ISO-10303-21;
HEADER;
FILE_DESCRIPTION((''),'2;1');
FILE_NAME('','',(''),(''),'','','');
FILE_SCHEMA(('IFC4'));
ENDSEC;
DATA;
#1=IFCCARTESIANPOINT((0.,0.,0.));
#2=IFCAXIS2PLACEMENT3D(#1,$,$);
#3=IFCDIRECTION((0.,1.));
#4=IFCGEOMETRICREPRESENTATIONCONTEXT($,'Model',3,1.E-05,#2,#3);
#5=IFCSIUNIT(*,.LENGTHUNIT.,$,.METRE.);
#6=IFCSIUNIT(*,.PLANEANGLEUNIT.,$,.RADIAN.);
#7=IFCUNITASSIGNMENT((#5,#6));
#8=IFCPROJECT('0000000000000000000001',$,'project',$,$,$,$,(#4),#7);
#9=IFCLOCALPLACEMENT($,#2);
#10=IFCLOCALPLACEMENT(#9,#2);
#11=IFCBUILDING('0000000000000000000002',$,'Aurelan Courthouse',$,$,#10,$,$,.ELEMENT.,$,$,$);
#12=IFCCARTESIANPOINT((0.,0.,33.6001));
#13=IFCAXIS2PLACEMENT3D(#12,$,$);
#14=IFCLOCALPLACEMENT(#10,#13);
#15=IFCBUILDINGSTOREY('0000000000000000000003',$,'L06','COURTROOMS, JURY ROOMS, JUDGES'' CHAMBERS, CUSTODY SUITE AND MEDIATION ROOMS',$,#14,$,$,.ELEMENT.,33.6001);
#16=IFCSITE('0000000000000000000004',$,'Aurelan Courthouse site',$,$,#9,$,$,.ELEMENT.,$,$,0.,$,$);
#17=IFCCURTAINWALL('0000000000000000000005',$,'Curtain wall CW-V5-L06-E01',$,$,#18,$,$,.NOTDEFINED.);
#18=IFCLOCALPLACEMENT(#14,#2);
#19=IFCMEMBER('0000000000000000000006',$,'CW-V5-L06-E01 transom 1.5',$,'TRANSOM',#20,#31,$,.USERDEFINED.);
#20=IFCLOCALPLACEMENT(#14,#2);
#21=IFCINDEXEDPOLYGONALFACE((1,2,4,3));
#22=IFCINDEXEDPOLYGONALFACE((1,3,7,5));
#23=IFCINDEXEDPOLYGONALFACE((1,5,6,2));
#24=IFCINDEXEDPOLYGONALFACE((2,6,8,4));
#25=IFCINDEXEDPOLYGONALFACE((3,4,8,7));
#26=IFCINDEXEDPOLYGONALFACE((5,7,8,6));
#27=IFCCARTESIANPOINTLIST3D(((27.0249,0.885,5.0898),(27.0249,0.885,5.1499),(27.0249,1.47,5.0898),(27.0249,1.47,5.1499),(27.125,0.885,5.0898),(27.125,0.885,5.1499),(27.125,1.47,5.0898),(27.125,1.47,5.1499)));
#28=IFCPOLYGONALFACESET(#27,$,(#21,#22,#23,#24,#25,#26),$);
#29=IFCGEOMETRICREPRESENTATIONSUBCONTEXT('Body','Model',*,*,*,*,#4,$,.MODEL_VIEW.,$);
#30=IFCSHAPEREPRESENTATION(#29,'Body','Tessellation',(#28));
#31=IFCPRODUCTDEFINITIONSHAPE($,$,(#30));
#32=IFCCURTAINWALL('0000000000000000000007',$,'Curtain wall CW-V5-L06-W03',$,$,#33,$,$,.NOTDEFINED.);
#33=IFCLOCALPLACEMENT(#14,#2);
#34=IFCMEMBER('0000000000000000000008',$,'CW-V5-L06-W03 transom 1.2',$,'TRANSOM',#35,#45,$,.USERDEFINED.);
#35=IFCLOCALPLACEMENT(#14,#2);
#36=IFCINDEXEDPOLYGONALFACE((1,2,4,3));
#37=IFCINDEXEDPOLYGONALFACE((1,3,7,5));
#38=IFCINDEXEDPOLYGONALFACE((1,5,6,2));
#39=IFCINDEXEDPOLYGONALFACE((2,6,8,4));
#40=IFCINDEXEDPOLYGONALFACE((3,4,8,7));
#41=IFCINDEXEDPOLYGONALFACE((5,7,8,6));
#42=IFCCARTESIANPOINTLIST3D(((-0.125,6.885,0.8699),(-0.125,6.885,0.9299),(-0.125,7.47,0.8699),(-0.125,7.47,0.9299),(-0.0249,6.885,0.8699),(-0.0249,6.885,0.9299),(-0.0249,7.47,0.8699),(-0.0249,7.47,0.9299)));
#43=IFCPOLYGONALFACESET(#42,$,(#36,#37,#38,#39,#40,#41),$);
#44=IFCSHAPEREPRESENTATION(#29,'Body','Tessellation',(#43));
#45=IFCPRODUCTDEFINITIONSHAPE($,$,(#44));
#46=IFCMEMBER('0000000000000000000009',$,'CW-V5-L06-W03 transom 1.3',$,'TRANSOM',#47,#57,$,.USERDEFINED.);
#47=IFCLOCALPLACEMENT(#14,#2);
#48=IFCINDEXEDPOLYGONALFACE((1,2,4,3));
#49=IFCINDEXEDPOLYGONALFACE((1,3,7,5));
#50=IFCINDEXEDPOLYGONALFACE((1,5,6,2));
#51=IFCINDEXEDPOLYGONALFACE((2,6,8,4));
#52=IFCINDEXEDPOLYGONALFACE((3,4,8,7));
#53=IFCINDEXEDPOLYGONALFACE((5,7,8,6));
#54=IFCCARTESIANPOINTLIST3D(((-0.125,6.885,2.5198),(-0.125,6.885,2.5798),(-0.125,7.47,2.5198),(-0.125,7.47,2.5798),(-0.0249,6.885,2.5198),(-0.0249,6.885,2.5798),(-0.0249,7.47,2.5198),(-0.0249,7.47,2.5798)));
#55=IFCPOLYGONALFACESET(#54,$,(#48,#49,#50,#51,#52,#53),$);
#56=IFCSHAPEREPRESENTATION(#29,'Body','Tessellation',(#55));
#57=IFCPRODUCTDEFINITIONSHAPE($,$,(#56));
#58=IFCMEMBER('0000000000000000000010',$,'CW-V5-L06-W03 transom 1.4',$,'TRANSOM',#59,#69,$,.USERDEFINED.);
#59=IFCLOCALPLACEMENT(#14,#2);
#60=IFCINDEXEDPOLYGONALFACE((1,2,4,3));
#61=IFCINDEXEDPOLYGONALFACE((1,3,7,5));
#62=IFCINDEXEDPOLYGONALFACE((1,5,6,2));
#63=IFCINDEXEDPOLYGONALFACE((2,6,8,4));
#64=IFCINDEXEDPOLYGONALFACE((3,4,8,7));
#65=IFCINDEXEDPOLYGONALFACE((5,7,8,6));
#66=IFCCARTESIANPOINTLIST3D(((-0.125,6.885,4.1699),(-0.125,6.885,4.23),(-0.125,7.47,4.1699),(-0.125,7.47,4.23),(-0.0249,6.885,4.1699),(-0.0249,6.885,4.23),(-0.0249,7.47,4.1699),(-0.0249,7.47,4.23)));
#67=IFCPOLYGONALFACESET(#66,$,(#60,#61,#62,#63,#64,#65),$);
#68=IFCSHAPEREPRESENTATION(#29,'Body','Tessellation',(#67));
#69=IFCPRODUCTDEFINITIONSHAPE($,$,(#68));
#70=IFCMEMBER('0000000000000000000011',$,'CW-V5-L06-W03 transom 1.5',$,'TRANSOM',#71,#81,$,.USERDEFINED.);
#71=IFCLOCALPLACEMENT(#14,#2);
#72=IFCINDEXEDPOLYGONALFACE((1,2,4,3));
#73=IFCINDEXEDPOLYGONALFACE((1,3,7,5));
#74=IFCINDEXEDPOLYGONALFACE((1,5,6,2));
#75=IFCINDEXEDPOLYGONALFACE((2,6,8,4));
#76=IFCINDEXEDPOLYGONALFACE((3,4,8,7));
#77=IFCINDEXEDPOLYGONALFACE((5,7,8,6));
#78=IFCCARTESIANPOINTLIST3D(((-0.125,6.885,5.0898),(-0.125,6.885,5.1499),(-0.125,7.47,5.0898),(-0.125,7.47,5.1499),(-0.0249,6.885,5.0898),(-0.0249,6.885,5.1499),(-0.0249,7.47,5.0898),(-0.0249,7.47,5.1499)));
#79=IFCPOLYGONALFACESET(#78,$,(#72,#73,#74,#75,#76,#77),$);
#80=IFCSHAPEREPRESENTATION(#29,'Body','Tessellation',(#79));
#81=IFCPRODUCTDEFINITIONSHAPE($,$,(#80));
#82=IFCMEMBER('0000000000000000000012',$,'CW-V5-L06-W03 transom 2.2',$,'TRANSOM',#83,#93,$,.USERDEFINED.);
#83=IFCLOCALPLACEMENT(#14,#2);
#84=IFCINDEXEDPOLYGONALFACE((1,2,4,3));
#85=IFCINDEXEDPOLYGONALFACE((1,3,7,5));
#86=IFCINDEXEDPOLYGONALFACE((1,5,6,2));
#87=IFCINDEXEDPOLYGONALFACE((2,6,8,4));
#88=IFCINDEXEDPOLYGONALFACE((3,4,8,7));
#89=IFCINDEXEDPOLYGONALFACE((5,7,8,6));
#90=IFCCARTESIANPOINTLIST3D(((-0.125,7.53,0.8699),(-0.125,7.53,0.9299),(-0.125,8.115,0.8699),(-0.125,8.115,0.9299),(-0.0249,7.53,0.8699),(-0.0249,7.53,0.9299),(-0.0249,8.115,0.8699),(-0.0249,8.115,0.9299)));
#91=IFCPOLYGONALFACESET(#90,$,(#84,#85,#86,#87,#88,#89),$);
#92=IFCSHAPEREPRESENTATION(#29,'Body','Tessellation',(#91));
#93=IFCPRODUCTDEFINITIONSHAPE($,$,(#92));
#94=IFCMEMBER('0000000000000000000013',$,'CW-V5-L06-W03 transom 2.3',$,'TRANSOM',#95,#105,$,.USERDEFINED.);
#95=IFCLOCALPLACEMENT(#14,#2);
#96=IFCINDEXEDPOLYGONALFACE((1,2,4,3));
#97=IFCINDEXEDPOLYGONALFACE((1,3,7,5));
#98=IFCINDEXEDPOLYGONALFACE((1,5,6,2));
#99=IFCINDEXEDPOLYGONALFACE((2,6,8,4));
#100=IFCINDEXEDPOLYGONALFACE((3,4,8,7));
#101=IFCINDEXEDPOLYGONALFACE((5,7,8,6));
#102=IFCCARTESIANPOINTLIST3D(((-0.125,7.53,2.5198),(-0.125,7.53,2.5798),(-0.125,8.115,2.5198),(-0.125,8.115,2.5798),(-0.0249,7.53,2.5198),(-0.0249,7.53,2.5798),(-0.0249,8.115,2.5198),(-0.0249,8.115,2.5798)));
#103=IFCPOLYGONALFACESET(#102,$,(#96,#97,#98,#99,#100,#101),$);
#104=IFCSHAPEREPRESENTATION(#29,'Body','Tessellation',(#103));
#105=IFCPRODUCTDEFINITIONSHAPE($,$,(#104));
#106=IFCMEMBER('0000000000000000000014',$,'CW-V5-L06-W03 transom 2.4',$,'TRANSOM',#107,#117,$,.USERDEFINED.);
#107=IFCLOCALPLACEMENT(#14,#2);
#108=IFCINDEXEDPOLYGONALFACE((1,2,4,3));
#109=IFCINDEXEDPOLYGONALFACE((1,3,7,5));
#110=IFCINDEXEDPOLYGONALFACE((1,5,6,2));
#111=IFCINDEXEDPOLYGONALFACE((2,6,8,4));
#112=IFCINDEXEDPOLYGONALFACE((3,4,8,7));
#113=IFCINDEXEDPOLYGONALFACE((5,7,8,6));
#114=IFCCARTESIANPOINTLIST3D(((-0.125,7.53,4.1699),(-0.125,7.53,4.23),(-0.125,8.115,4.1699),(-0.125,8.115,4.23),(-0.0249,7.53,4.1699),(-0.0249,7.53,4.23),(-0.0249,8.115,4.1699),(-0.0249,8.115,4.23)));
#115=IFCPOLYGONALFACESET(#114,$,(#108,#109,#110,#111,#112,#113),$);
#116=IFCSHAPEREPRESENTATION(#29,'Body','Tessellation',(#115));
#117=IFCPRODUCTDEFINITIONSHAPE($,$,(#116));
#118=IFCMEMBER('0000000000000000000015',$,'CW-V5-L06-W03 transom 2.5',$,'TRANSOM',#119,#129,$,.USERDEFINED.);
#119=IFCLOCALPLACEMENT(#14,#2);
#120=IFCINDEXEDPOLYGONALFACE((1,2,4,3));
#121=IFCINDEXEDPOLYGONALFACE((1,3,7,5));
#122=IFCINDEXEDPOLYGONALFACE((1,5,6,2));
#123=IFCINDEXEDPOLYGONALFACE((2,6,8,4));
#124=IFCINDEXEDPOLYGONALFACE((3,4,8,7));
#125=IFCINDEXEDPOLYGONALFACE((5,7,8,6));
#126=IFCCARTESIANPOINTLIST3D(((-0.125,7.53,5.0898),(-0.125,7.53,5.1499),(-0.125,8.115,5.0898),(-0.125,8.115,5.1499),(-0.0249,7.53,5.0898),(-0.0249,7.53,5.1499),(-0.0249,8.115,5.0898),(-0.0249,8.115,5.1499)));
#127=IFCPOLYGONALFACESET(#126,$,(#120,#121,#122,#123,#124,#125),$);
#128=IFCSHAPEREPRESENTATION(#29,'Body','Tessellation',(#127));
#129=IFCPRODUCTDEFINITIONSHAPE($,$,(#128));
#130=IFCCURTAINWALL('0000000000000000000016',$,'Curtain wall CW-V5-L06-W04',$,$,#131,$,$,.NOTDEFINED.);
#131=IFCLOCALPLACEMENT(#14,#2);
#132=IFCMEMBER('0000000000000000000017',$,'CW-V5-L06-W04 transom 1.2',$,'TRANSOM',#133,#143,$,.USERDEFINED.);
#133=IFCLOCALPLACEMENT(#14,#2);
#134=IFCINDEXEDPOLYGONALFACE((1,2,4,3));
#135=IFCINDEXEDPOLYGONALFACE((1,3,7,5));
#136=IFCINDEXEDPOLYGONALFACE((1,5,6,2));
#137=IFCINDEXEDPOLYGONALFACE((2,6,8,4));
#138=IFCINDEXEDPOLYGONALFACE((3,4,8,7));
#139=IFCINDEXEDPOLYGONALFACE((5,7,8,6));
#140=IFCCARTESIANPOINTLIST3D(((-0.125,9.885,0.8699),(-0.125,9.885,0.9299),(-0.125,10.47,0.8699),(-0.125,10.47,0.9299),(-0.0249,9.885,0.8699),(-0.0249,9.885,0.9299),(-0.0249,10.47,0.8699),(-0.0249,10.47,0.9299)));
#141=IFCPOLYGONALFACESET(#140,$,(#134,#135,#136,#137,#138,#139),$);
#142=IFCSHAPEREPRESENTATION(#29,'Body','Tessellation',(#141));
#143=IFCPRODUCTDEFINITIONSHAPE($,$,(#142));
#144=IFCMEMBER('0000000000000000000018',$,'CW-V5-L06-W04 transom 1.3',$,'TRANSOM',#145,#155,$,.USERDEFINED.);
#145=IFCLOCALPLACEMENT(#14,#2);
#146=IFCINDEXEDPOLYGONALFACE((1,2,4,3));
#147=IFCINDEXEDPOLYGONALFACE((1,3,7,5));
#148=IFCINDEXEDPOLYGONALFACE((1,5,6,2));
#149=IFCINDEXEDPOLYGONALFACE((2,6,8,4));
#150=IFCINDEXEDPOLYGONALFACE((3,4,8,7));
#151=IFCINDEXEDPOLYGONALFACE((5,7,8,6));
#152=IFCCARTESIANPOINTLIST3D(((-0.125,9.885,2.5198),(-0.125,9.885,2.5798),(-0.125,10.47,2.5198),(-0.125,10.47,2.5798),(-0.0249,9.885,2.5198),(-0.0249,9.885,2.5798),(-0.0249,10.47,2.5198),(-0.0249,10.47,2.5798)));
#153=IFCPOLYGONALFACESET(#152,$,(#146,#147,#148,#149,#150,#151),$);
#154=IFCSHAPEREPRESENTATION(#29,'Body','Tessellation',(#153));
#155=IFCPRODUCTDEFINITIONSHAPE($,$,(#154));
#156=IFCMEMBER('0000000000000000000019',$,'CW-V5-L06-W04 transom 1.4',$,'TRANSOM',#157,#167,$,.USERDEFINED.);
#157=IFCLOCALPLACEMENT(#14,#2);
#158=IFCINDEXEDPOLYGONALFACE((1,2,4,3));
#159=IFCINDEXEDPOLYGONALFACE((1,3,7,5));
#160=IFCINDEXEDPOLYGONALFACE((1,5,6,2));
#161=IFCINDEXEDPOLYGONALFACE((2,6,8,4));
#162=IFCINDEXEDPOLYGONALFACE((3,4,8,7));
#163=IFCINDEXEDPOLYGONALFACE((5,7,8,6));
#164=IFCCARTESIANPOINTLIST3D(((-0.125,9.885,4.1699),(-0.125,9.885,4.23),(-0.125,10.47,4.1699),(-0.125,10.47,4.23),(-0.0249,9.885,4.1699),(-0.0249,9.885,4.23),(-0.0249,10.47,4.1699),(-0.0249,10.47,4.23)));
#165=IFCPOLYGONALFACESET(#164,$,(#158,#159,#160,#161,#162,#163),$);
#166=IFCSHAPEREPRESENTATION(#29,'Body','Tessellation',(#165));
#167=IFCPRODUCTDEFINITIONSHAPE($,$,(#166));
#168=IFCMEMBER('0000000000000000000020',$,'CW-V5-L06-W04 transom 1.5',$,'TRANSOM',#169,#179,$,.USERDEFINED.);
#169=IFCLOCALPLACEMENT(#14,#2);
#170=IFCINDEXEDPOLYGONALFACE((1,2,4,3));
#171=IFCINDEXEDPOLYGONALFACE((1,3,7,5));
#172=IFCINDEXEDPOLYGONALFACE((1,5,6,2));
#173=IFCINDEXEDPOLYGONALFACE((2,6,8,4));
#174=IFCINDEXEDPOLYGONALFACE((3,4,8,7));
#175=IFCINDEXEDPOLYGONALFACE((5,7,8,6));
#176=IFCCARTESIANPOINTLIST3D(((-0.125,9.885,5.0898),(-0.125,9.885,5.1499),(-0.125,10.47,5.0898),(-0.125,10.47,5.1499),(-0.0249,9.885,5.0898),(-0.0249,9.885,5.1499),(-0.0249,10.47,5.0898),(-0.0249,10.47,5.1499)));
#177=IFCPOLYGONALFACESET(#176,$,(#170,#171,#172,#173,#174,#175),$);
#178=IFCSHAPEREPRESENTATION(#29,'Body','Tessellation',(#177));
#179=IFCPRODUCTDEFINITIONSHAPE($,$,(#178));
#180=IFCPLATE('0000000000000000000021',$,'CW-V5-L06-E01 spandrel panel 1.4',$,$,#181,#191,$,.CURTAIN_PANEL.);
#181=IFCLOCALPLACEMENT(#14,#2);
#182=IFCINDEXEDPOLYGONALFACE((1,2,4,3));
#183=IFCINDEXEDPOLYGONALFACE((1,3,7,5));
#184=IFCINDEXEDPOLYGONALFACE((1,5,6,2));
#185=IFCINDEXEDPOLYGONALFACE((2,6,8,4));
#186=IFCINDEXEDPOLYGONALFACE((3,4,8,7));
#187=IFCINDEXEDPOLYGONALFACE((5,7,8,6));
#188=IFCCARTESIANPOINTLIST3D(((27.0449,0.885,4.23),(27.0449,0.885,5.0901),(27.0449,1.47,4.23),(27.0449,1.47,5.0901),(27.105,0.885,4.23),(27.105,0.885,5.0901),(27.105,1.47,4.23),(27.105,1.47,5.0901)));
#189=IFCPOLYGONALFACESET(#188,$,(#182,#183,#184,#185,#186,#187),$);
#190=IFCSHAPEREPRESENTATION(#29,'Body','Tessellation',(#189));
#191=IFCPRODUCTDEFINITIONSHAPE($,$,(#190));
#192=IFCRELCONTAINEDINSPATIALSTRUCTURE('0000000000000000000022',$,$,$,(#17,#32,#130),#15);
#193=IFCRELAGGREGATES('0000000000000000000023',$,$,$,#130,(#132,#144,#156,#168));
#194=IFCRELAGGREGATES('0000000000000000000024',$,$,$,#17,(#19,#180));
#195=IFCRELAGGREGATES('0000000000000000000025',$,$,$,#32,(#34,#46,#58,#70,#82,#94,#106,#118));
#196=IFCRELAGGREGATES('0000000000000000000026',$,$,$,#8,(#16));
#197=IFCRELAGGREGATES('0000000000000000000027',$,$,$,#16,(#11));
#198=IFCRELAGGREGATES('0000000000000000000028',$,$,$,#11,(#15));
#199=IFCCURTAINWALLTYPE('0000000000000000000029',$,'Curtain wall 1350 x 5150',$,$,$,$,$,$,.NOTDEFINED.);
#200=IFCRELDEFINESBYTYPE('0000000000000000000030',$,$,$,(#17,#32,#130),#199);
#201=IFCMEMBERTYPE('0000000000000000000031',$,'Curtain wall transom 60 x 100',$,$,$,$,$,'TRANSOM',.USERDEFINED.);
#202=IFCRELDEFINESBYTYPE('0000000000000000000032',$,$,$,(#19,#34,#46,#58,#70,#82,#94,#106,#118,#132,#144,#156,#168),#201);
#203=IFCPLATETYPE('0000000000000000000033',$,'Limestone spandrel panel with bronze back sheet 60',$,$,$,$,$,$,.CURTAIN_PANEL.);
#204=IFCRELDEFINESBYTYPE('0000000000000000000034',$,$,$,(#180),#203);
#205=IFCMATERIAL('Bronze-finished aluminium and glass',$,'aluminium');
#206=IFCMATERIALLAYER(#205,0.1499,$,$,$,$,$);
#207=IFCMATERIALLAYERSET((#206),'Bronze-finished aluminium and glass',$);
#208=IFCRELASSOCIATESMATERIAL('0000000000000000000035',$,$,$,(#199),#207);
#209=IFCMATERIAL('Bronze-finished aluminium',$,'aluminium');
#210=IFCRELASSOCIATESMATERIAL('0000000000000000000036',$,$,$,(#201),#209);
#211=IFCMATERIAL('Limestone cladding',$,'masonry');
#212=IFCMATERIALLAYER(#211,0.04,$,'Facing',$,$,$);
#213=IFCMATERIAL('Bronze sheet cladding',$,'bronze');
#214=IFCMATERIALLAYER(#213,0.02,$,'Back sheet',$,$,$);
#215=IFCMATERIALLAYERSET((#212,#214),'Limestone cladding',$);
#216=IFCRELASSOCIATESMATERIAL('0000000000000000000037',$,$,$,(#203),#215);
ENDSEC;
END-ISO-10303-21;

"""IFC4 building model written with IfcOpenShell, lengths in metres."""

from ifc_helpers import new_model, si_unit, direction, frame, origin, origin_2d, place, context, subcontext, project, spatial, rectangle, extrude, material, layer, layer_set, material_profile, profile_set, type_object, element, aggregate, save


model = new_model("IFC4")

# Units and contexts
model_context = context("Model", 3, precision=1e-05, world=origin(), true_north=direction((0.0, 1.0)))
body_context = subcontext(model_context, "Body", "Model", "MODEL_VIEW")
ifc_project = project(units=[si_unit("LENGTHUNIT", "METRE"), si_unit("PLANEANGLEUNIT", "RADIAN")], contexts=[model_context])

# Site, building, storey
site_placement = place(None, origin())
site = spatial("IfcSite", under=ifc_project, at=site_placement, Name="Aurelan Courthouse site", CompositionType="ELEMENT", RefElevation=0.0)
building_placement = place(site_placement, origin())
building = spatial("IfcBuilding", under=site, at=building_placement, Name="Aurelan Courthouse", CompositionType="ELEMENT")
storey_placement = place(building_placement, frame((0.0, 0.0, 33.6001)))
storey = spatial("IfcBuildingStorey", under=building, at=storey_placement, Name="L06", Description="COURTROOMS, JURY ROOMS, JUDGES' CHAMBERS, CUSTODY SUITE AND MEDIATION ROOMS", CompositionType="ELEMENT", Elevation=33.6001)

# Curtain wall, member
ifc_material_1 = material(Name="Bronze-finished aluminium and glass", Category="aluminium")
ifc_layer_1 = layer(ifc_material_1, 0.1499)
ifc_layer_set_1 = layer_set([ifc_layer_1], Name="Bronze-finished aluminium and glass")
curtain_wall_type = type_object("IfcCurtainWallType", Name="Curtain wall 1350 x 5150", PredefinedType="NOTDEFINED", material=ifc_layer_set_1)
curtain_wall_1_placement = place(storey_placement, origin())
curtain_wall_1 = element("IfcCurtainWall", 1, at=curtain_wall_1_placement, inside=storey, type_object=curtain_wall_type, Name="Curtain wall CW-V5-L06-E01", PredefinedType="NOTDEFINED")
ifc_material_2 = material(Name="Bronze-finished aluminium", Category="aluminium")
ifc_material_profile = material_profile(ifc_material_2, rectangle(XDim=0.1001, YDim=0.0601, at=origin_2d()), Name="Bronze transom 60 x 100")
ifc_profile_set = profile_set([ifc_material_profile], Name="Bronze-finished aluminium")
member_type = type_object("IfcMemberType", Name="Curtain wall transom 60 x 100", ElementType="TRANSOM", PredefinedType="USERDEFINED", material=ifc_profile_set)
member_1_placement = place(storey_placement, frame((27.075, 0.885, 5.1199), z_axis=(0.0, 1.0, 0.0), x_axis=(-1.0, 0.0, 0.0)))
member_1 = element("IfcMember", 2, at=member_1_placement, type_object=member_type, Name="CW-V5-L06-E01 transom 1.5", ObjectType="TRANSOM", PredefinedType="USERDEFINED", context=body_context, shape_type="SweptSolid", body=[
    extrude(rectangle(XDim=0.1001, YDim=0.0601, at=origin_2d()), origin(), (0.0, 0.0, 1.0), 0.585),
])

# Curtain walls, members
curtain_wall_2_placement = place(storey_placement, origin())
curtain_wall_2 = element("IfcCurtainWall", 3, at=curtain_wall_2_placement, inside=storey, type_object=curtain_wall_type, Name="Curtain wall CW-V5-L06-W03", PredefinedType="NOTDEFINED")
member_2_placement = place(storey_placement, frame((-0.075, 6.885, 0.8999), z_axis=(0.0, 1.0, 0.0), x_axis=(-1.0, 0.0, 0.0)))
member_2 = element("IfcMember", 4, at=member_2_placement, type_object=member_type, Name="CW-V5-L06-W03 transom 1.2", ObjectType="TRANSOM", PredefinedType="USERDEFINED", context=body_context, shape_type="SweptSolid", body=[
    extrude(rectangle(XDim=0.1001, YDim=0.0601, at=origin_2d()), origin(), (0.0, 0.0, 1.0), 0.585),
])
member_3_placement = place(storey_placement, frame((-0.075, 6.885, 2.5498), z_axis=(0.0, 1.0, 0.0), x_axis=(-1.0, 0.0, 0.0)))
member_3 = element("IfcMember", 5, at=member_3_placement, type_object=member_type, Name="CW-V5-L06-W03 transom 1.3", ObjectType="TRANSOM", PredefinedType="USERDEFINED", context=body_context, shape_type="SweptSolid", body=[
    extrude(rectangle(XDim=0.1001, YDim=0.0601, at=origin_2d()), origin(), (0.0, 0.0, 1.0), 0.585),
])
member_4_placement = place(storey_placement, frame((-0.075, 6.885, 4.2), z_axis=(0.0, 1.0, 0.0), x_axis=(-1.0, 0.0, 0.0)))
member_4 = element("IfcMember", 6, at=member_4_placement, type_object=member_type, Name="CW-V5-L06-W03 transom 1.4", ObjectType="TRANSOM", PredefinedType="USERDEFINED", context=body_context, shape_type="SweptSolid", body=[
    extrude(rectangle(XDim=0.1001, YDim=0.0601, at=origin_2d()), origin(), (0.0, 0.0, 1.0), 0.585),
])
member_5_placement = place(storey_placement, frame((-0.075, 6.885, 5.1199), z_axis=(0.0, 1.0, 0.0), x_axis=(-1.0, 0.0, 0.0)))
member_5 = element("IfcMember", 7, at=member_5_placement, type_object=member_type, Name="CW-V5-L06-W03 transom 1.5", ObjectType="TRANSOM", PredefinedType="USERDEFINED", context=body_context, shape_type="SweptSolid", body=[
    extrude(rectangle(XDim=0.1001, YDim=0.0601, at=origin_2d()), origin(), (0.0, 0.0, 1.0), 0.585),
])
member_6_placement = place(storey_placement, frame((-0.075, 7.53, 0.8999), z_axis=(0.0, 1.0, 0.0), x_axis=(-1.0, 0.0, 0.0)))
member_6 = element("IfcMember", 8, at=member_6_placement, type_object=member_type, Name="CW-V5-L06-W03 transom 2.2", ObjectType="TRANSOM", PredefinedType="USERDEFINED", context=body_context, shape_type="SweptSolid", body=[
    extrude(rectangle(XDim=0.1001, YDim=0.0601, at=origin_2d()), origin(), (0.0, 0.0, 1.0), 0.585),
])
member_7_placement = place(storey_placement, frame((-0.075, 7.53, 2.5498), z_axis=(0.0, 1.0, 0.0), x_axis=(-1.0, 0.0, 0.0)))
member_7 = element("IfcMember", 9, at=member_7_placement, type_object=member_type, Name="CW-V5-L06-W03 transom 2.3", ObjectType="TRANSOM", PredefinedType="USERDEFINED", context=body_context, shape_type="SweptSolid", body=[
    extrude(rectangle(XDim=0.1001, YDim=0.0601, at=origin_2d()), origin(), (0.0, 0.0, 1.0), 0.585),
])
member_8_placement = place(storey_placement, frame((-0.075, 7.53, 4.2), z_axis=(0.0, 1.0, 0.0), x_axis=(-1.0, 0.0, 0.0)))
member_8 = element("IfcMember", 10, at=member_8_placement, type_object=member_type, Name="CW-V5-L06-W03 transom 2.4", ObjectType="TRANSOM", PredefinedType="USERDEFINED", context=body_context, shape_type="SweptSolid", body=[
    extrude(rectangle(XDim=0.1001, YDim=0.0601, at=origin_2d()), origin(), (0.0, 0.0, 1.0), 0.585),
])
member_9_placement = place(storey_placement, frame((-0.075, 7.53, 5.1199), z_axis=(0.0, 1.0, 0.0), x_axis=(-1.0, 0.0, 0.0)))
member_9 = element("IfcMember", 11, at=member_9_placement, type_object=member_type, Name="CW-V5-L06-W03 transom 2.5", ObjectType="TRANSOM", PredefinedType="USERDEFINED", context=body_context, shape_type="SweptSolid", body=[
    extrude(rectangle(XDim=0.1001, YDim=0.0601, at=origin_2d()), origin(), (0.0, 0.0, 1.0), 0.585),
])
curtain_wall_3_placement = place(storey_placement, origin())
curtain_wall_3 = element("IfcCurtainWall", 12, at=curtain_wall_3_placement, inside=storey, type_object=curtain_wall_type, Name="Curtain wall CW-V5-L06-W04", PredefinedType="NOTDEFINED")
member_10_placement = place(storey_placement, frame((-0.075, 9.885, 0.8999), z_axis=(0.0, 1.0, 0.0), x_axis=(-1.0, 0.0, 0.0)))
member_10 = element("IfcMember", 13, at=member_10_placement, type_object=member_type, Name="CW-V5-L06-W04 transom 1.2", ObjectType="TRANSOM", PredefinedType="USERDEFINED", context=body_context, shape_type="SweptSolid", body=[
    extrude(rectangle(XDim=0.1001, YDim=0.0601, at=origin_2d()), origin(), (0.0, 0.0, 1.0), 0.585),
])
member_11_placement = place(storey_placement, frame((-0.075, 9.885, 2.5498), z_axis=(0.0, 1.0, 0.0), x_axis=(-1.0, 0.0, 0.0)))
member_11 = element("IfcMember", 14, at=member_11_placement, type_object=member_type, Name="CW-V5-L06-W04 transom 1.3", ObjectType="TRANSOM", PredefinedType="USERDEFINED", context=body_context, shape_type="SweptSolid", body=[
    extrude(rectangle(XDim=0.1001, YDim=0.0601, at=origin_2d()), origin(), (0.0, 0.0, 1.0), 0.585),
])
member_12_placement = place(storey_placement, frame((-0.075, 9.885, 4.2), z_axis=(0.0, 1.0, 0.0), x_axis=(-1.0, 0.0, 0.0)))
member_12 = element("IfcMember", 15, at=member_12_placement, type_object=member_type, Name="CW-V5-L06-W04 transom 1.4", ObjectType="TRANSOM", PredefinedType="USERDEFINED", context=body_context, shape_type="SweptSolid", body=[
    extrude(rectangle(XDim=0.1001, YDim=0.0601, at=origin_2d()), origin(), (0.0, 0.0, 1.0), 0.585),
])
member_13_placement = place(storey_placement, frame((-0.075, 9.885, 5.1199), z_axis=(0.0, 1.0, 0.0), x_axis=(-1.0, 0.0, 0.0)))
member_13 = element("IfcMember", 16, at=member_13_placement, type_object=member_type, Name="CW-V5-L06-W04 transom 1.5", ObjectType="TRANSOM", PredefinedType="USERDEFINED", context=body_context, shape_type="SweptSolid", body=[
    extrude(rectangle(XDim=0.1001, YDim=0.0601, at=origin_2d()), origin(), (0.0, 0.0, 1.0), 0.585),
])
aggregate(curtain_wall_3, [member_10, member_11, member_12, member_13])

# Plate
ifc_material_3 = material(Name="Limestone cladding", Category="masonry")
ifc_layer_2 = layer(ifc_material_3, 0.04, Name="Facing")
ifc_material_4 = material(Name="Bronze sheet cladding", Category="bronze")
ifc_layer_3 = layer(ifc_material_4, 0.02, Name="Back sheet")
ifc_layer_set_2 = layer_set([ifc_layer_2, ifc_layer_3], Name="Limestone cladding")
plate_type_1 = type_object("IfcPlateType", Name="Limestone spandrel panel with bronze back sheet 60", PredefinedType="CURTAIN_PANEL", material=ifc_layer_set_2)
plate_1_placement = place(storey_placement, frame((27.075, 1.1775, 4.23), z_axis=(0.0, 0.0, 1.0), x_axis=(0.0, 1.0, 0.0)))
plate_1 = element("IfcPlate", 17, at=plate_1_placement, type_object=plate_type_1, Name="CW-V5-L06-E01 spandrel panel 1.4", PredefinedType="CURTAIN_PANEL", context=body_context, shape_type="SweptSolid", body=[
    extrude(rectangle(XDim=0.585, YDim=0.0601, at=origin_2d()), origin(), (0.0, 0.0, 1.0), 0.8601),
])

aggregate(curtain_wall_1, [member_1, plate_1])
aggregate(curtain_wall_2, [member_2, member_3, member_4, member_5, member_6, member_7, member_8, member_9])

save(model, "model.ifc")
